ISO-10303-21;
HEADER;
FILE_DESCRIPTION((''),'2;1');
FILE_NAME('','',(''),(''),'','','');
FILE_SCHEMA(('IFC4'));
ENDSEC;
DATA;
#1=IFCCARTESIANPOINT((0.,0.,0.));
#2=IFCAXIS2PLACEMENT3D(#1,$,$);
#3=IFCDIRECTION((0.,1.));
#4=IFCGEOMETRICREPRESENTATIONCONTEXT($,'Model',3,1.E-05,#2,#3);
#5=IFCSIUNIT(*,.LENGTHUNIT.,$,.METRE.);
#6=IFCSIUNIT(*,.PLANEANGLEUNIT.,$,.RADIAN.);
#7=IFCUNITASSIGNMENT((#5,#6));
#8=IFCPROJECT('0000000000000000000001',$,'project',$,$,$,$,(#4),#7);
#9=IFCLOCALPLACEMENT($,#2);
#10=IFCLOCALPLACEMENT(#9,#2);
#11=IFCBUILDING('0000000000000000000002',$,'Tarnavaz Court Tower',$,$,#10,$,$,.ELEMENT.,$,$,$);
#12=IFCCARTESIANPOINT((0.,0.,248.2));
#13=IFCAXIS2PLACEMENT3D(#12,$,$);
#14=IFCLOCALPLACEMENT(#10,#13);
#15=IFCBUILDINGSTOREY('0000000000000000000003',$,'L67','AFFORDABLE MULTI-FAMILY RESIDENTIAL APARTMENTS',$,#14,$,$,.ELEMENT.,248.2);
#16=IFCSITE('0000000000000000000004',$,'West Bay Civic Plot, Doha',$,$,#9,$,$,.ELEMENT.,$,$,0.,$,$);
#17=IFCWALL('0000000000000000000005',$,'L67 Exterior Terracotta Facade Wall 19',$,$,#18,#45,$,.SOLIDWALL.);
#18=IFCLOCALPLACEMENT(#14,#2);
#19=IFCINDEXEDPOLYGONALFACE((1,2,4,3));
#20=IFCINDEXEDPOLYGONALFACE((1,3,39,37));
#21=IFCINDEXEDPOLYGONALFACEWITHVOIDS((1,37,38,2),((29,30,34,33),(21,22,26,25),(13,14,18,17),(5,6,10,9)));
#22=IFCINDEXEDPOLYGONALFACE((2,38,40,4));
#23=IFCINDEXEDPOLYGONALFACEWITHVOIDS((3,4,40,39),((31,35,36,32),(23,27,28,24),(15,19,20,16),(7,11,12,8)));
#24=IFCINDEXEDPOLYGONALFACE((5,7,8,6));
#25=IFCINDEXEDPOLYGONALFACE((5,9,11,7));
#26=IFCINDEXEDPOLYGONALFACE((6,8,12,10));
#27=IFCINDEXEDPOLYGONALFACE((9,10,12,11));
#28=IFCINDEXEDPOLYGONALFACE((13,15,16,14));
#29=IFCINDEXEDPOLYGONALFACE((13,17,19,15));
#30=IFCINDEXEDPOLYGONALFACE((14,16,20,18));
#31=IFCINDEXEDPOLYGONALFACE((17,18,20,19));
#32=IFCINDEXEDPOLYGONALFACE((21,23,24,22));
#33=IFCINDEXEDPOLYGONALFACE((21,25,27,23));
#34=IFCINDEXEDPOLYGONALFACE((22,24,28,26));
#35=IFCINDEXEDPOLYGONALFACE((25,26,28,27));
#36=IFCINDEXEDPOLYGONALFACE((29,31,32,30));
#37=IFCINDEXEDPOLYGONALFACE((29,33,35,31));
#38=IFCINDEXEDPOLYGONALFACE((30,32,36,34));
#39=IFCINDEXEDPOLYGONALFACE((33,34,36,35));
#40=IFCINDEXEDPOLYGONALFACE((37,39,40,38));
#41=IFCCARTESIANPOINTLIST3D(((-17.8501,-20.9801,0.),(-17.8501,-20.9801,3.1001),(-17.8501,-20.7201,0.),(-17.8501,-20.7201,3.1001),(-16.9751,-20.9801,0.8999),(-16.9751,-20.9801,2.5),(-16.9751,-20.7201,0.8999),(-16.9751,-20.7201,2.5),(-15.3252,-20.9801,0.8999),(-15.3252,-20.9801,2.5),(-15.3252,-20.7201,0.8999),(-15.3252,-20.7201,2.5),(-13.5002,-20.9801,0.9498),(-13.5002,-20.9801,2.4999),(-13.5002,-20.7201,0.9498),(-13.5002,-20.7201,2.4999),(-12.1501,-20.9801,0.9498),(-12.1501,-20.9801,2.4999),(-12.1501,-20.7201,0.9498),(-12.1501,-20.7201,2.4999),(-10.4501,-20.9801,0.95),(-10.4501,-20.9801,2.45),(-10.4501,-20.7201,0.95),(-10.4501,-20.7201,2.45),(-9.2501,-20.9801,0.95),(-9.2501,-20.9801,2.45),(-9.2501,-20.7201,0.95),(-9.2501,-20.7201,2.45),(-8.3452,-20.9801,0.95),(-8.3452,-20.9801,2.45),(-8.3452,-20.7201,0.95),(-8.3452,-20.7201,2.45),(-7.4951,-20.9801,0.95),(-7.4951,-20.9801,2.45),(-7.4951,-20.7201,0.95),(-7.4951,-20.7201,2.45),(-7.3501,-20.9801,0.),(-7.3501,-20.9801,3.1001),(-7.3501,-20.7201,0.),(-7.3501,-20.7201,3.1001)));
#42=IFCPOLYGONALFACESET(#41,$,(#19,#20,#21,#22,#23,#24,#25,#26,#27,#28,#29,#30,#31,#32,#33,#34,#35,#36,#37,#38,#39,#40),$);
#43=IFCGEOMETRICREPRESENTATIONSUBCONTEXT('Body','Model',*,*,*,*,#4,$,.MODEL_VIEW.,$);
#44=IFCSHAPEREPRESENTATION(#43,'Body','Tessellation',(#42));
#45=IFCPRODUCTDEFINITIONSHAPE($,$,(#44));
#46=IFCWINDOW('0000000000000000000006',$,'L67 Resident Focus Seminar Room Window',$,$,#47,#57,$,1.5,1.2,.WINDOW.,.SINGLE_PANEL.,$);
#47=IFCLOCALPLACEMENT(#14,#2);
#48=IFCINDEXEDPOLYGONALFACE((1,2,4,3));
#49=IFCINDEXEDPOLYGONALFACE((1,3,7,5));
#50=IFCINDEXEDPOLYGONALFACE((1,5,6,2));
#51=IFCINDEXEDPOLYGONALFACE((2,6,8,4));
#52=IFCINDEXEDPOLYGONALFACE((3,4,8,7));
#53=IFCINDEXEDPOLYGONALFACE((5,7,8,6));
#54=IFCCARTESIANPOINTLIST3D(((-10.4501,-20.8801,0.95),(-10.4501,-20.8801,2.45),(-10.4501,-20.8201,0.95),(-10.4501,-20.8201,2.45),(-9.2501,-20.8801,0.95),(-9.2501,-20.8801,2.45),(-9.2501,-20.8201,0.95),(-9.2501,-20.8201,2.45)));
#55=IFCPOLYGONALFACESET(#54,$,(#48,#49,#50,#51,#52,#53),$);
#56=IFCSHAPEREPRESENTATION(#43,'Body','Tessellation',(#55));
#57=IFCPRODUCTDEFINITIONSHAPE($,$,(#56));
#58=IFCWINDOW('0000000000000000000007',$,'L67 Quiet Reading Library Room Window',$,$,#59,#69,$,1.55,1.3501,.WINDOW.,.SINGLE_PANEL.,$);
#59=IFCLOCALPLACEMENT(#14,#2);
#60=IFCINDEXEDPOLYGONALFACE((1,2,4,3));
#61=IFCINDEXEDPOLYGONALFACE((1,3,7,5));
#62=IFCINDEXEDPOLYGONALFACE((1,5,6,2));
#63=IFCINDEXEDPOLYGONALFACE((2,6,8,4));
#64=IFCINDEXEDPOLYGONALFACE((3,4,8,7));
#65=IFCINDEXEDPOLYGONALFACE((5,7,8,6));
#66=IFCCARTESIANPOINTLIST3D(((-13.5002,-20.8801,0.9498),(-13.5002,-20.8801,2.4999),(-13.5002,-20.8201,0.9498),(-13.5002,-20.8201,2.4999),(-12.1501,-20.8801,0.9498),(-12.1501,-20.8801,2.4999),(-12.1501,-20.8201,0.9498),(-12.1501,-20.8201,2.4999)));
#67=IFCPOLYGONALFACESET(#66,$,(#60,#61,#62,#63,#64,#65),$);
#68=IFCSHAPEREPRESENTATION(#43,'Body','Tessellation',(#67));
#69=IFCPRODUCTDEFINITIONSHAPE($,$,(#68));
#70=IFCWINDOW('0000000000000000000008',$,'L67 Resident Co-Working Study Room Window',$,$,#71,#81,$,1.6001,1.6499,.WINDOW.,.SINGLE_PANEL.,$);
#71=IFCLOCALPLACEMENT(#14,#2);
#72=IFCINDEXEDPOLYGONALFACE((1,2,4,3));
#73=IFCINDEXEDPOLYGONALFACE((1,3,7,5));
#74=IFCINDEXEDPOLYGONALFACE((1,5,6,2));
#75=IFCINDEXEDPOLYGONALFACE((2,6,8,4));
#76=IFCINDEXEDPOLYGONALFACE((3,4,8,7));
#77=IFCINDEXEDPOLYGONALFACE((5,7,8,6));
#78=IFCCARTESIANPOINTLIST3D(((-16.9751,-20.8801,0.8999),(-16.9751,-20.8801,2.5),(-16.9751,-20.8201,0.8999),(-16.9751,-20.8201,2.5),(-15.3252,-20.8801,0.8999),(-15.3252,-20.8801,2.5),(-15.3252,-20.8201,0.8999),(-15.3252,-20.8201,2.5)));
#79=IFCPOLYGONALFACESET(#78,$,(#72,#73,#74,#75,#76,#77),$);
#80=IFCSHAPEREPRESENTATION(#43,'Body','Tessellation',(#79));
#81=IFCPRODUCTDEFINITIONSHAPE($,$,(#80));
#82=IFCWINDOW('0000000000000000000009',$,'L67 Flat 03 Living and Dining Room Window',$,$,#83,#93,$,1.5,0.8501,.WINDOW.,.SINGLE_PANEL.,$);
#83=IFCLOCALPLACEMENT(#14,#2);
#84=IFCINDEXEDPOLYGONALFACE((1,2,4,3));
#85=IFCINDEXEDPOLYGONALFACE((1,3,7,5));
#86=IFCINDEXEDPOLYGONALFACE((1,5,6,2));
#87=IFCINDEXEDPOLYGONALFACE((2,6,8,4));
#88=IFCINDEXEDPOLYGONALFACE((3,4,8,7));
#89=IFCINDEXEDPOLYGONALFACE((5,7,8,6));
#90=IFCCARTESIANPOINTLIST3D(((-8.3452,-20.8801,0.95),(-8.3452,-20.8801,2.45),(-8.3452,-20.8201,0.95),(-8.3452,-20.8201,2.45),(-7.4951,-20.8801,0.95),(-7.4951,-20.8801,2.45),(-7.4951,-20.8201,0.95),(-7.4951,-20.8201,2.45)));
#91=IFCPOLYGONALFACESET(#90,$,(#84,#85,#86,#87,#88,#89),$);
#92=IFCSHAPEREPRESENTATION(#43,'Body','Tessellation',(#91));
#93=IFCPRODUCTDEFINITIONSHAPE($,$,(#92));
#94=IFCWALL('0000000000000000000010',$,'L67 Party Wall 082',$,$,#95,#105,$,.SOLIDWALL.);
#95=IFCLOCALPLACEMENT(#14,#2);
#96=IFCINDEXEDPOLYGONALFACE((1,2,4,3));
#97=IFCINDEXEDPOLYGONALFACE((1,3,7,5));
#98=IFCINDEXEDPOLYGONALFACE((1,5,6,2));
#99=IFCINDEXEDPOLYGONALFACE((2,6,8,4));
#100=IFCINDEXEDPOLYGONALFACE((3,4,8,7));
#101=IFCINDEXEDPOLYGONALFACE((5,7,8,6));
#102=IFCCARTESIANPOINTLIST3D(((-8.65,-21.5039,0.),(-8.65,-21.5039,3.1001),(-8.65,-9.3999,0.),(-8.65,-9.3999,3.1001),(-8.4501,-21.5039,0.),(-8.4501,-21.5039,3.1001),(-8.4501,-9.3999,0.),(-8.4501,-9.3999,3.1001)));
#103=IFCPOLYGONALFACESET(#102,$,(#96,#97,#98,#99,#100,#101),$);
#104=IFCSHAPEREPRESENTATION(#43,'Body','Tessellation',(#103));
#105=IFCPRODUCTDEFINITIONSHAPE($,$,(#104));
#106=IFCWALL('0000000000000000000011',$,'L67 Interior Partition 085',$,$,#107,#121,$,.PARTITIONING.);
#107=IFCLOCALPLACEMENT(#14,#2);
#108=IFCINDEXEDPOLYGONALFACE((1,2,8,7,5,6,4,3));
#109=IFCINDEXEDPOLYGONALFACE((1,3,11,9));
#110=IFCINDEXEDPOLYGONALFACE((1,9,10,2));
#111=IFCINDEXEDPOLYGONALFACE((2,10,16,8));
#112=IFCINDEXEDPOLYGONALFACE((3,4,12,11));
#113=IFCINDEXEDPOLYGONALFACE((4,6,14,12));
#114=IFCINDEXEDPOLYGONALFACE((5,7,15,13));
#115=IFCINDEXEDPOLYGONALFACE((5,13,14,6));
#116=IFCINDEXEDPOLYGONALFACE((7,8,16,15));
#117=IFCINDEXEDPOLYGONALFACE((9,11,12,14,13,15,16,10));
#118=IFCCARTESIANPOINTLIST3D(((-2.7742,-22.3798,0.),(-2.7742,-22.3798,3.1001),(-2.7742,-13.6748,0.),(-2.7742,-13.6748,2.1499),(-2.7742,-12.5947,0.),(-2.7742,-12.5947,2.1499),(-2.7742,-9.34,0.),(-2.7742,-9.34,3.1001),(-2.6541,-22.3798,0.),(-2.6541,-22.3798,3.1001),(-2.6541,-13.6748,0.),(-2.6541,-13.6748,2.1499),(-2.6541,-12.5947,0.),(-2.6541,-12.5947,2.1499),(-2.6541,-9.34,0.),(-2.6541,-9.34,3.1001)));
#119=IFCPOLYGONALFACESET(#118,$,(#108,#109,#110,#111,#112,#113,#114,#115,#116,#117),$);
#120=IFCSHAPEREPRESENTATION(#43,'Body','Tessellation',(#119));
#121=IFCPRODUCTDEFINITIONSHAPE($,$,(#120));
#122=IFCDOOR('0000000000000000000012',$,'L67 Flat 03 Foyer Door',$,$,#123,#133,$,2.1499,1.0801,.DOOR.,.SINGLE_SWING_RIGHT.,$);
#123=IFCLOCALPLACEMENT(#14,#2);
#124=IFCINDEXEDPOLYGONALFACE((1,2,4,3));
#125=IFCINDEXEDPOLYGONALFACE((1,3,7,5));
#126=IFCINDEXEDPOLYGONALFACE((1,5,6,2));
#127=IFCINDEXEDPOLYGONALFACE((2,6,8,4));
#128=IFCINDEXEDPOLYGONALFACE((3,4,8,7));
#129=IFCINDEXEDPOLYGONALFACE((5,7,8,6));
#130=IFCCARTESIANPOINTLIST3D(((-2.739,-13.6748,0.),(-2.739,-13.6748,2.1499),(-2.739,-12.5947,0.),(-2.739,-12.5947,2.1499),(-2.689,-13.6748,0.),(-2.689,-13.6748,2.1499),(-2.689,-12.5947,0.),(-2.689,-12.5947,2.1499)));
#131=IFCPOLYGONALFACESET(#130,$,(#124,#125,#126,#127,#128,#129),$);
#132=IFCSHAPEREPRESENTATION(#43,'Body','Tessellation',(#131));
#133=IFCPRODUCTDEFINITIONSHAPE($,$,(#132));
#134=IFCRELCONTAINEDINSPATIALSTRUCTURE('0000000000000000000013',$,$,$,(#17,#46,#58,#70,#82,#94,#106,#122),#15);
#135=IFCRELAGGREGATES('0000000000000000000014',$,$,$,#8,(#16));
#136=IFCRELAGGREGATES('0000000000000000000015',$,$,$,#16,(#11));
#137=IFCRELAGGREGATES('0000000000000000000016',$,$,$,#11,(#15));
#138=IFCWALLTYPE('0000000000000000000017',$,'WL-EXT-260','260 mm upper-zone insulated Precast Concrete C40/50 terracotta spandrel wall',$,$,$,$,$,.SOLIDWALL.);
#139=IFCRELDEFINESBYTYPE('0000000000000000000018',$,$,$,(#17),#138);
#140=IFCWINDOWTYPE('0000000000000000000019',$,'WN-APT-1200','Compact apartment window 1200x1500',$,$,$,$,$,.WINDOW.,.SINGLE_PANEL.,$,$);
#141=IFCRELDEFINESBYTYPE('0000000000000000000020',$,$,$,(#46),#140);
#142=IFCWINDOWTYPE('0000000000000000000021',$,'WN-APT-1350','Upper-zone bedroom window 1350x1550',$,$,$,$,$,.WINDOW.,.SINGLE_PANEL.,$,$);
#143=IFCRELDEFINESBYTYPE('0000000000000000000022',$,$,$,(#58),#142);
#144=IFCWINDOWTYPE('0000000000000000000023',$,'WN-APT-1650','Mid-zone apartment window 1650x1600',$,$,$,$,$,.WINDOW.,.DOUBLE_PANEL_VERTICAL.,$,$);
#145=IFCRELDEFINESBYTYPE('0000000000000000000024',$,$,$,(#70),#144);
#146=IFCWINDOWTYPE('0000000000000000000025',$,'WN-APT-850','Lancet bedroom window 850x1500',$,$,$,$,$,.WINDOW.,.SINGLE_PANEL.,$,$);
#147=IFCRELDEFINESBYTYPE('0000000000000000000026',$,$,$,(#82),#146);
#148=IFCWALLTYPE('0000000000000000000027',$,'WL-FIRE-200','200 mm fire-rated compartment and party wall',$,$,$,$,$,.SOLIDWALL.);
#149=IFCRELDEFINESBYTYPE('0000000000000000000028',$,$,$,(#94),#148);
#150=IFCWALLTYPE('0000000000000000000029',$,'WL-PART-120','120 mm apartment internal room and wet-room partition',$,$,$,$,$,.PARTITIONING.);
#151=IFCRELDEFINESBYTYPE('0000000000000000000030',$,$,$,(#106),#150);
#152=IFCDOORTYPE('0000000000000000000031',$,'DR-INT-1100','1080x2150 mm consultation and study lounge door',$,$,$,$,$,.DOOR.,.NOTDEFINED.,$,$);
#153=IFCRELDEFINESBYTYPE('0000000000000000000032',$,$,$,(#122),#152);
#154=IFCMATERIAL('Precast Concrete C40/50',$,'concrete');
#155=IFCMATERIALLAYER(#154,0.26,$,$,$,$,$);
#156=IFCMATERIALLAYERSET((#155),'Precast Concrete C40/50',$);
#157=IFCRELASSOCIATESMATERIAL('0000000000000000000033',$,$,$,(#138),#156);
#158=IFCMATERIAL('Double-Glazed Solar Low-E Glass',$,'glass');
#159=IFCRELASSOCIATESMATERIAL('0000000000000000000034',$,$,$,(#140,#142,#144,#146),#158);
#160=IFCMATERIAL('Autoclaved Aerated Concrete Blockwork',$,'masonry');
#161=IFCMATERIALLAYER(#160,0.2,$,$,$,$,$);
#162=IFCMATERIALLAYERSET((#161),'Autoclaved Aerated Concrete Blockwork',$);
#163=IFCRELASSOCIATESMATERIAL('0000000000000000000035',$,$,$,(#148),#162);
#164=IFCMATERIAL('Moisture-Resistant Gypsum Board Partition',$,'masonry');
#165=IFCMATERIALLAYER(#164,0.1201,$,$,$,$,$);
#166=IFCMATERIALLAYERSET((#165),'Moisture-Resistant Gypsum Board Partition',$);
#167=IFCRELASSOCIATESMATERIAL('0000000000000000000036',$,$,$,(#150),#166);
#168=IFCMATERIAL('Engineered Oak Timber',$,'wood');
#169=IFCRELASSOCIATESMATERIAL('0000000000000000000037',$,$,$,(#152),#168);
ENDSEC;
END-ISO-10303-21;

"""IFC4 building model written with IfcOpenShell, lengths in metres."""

from ifc_helpers import new_model, si_unit, direction, frame, frame_2d, origin, place, context, subcontext, project, spatial, rectangle, extrude, material, layer, layer_set, type_object, element, fill, save


model = new_model("IFC4")

# Units and contexts
model_context = context("Model", 3, precision=1e-05, world=origin(), true_north=direction((0.0, 1.0)))
body_context = subcontext(model_context, "Body", "Model", "MODEL_VIEW")
ifc_project = project(units=[si_unit("LENGTHUNIT", "METRE"), si_unit("PLANEANGLEUNIT", "RADIAN")], contexts=[model_context])

# Site, building, storey
site_placement = place(None, origin())
site = spatial("IfcSite", under=ifc_project, at=site_placement, Name="West Bay Civic Plot, Doha", CompositionType="ELEMENT", RefElevation=0.0)
building_placement = place(site_placement, origin())
building = spatial("IfcBuilding", under=site, at=building_placement, Name="Tarnavaz Court Tower", CompositionType="ELEMENT")
storey_placement = place(building_placement, frame((0.0, 0.0, 248.2)))
storey = spatial("IfcBuildingStorey", under=building, at=storey_placement, Name="L67", Description="AFFORDABLE MULTI-FAMILY RESIDENTIAL APARTMENTS", CompositionType="ELEMENT", Elevation=248.2)

# Shared definitions
ifc_material_1 = material(Name="Double-Glazed Solar Low-E Glass", Category="glass")

# Shared definitions
ifc_material_2 = material(Name="Precast Concrete C40/50", Category="concrete")
ifc_layer_1 = layer(ifc_material_2, 0.26)
ifc_layer_set_1 = layer_set([ifc_layer_1], Name="Precast Concrete C40/50")
wall_type_1 = type_object("IfcWallType", Name="WL-EXT-260", Description="260 mm upper-zone insulated Precast Concrete C40/50 terracotta spandrel wall", PredefinedType="SOLIDWALL", material=ifc_layer_set_1)
window_type_1 = type_object("IfcWindowType", Name="WN-APT-1200", Description="Compact apartment window 1200x1500", PartitioningType="SINGLE_PANEL", PredefinedType="WINDOW", material=ifc_material_1)

# Wall, openings, windows
wall_1_placement = place(storey_placement, frame((-7.3501, -20.8501, 0.0), z_axis=(0.0, 0.0, 1.0), x_axis=(-1.0, 0.0, 0.0)))
wall_1 = element("IfcWall", 1, at=wall_1_placement, inside=storey, type_object=wall_type_1, Name="L67 Exterior Terracotta Facade Wall 19", PredefinedType="SOLIDWALL", context=body_context, shape_type="SweptSolid", body=[
    extrude(rectangle(XDim=10.5, YDim=0.26, at=frame_2d((5.25, 0.0))), origin(), (0.0, 0.0, 1.0), 3.1001),
])
opening_1_placement = place(wall_1_placement, frame((0.145, 0.0, 0.95)))
opening_1 = element("IfcOpeningElement", 2, at=opening_1_placement, cuts=wall_1, PredefinedType="OPENING", context=body_context, shape_type="SweptSolid", body=[
    extrude(rectangle(XDim=0.8501, YDim=1.5, at=frame_2d((0.425, 0.75))), frame((0.0, 0.1399, 0.0), z_axis=(0.0, -1.0, 0.0), x_axis=(1.0, 0.0, 0.0)), (0.0, 0.0, 1.0), 0.28),
])
opening_2_placement = place(wall_1_placement, frame((1.8999, 0.0, 0.95)))
opening_2 = element("IfcOpeningElement", 3, at=opening_2_placement, cuts=wall_1, PredefinedType="OPENING", context=body_context, shape_type="SweptSolid", body=[
    extrude(rectangle(XDim=1.2, YDim=1.5, at=frame_2d((0.6001, 0.75))), frame((0.0, 0.1399, 0.0), z_axis=(0.0, -1.0, 0.0), x_axis=(1.0, 0.0, 0.0)), (0.0, 0.0, 1.0), 0.28),
])
opening_3_placement = place(wall_1_placement, frame((4.8, 0.0, 0.95)))
opening_3 = element("IfcOpeningElement", 4, at=opening_3_placement, cuts=wall_1, PredefinedType="OPENING", context=body_context, shape_type="SweptSolid", body=[
    extrude(rectangle(XDim=1.3501, YDim=1.55, at=frame_2d((0.675, 0.7749))), frame((0.0, 0.1399, 0.0), z_axis=(0.0, -1.0, 0.0), x_axis=(1.0, 0.0, 0.0)), (0.0, 0.0, 1.0), 0.28),
])
opening_4_placement = place(wall_1_placement, frame((7.9751, 0.0, 0.8999)))
opening_4 = element("IfcOpeningElement", 5, at=opening_4_placement, cuts=wall_1, PredefinedType="OPENING", context=body_context, shape_type="SweptSolid", body=[
    extrude(rectangle(XDim=1.6499, YDim=1.6001, at=frame_2d((0.825, 0.8))), frame((0.0, 0.1399, 0.0), z_axis=(0.0, -1.0, 0.0), x_axis=(1.0, 0.0, 0.0)), (0.0, 0.0, 1.0), 0.28),
])
window_1_placement = place(opening_2_placement, origin())
window_1 = element("IfcWindow", 6, at=window_1_placement, inside=storey, type_object=window_type_1, Name="L67 Resident Focus Seminar Room Window", OverallHeight=1.5, OverallWidth=1.2, PartitioningType="SINGLE_PANEL", PredefinedType="WINDOW", context=body_context, shape_type="SweptSolid", body=[
    extrude(rectangle(XDim=1.2, YDim=1.5, at=frame_2d((0.6001, 0.75))), frame((0.0, 0.03, 0.0), z_axis=(0.0, -1.0, 0.0), x_axis=(1.0, 0.0, 0.0)), (0.0, 0.0, 1.0), 0.0601),
])
fill(opening_2, window_1)
window_type_2 = type_object("IfcWindowType", Name="WN-APT-1350", Description="Upper-zone bedroom window 1350x1550", PartitioningType="SINGLE_PANEL", PredefinedType="WINDOW", material=ifc_material_1)
window_2_placement = place(opening_3_placement, origin())
window_2 = element("IfcWindow", 7, at=window_2_placement, inside=storey, type_object=window_type_2, Name="L67 Quiet Reading Library Room Window", OverallHeight=1.55, OverallWidth=1.3501, PartitioningType="SINGLE_PANEL", PredefinedType="WINDOW", context=body_context, shape_type="SweptSolid", body=[
    extrude(rectangle(XDim=1.3501, YDim=1.55, at=frame_2d((0.675, 0.7749))), frame((0.0, 0.03, 0.0), z_axis=(0.0, -1.0, 0.0), x_axis=(1.0, 0.0, 0.0)), (0.0, 0.0, 1.0), 0.0601),
])
fill(opening_3, window_2)
window_type_3 = type_object("IfcWindowType", Name="WN-APT-1650", Description="Mid-zone apartment window 1650x1600", PartitioningType="DOUBLE_PANEL_VERTICAL", PredefinedType="WINDOW", material=ifc_material_1)
window_3_placement = place(opening_4_placement, origin())
window_3 = element("IfcWindow", 8, at=window_3_placement, inside=storey, type_object=window_type_3, Name="L67 Resident Co-Working Study Room Window", OverallHeight=1.6001, OverallWidth=1.6499, PartitioningType="SINGLE_PANEL", PredefinedType="WINDOW", context=body_context, shape_type="SweptSolid", body=[
    extrude(rectangle(XDim=1.6499, YDim=1.6001, at=frame_2d((0.825, 0.8))), frame((0.0, 0.03, 0.0), z_axis=(0.0, -1.0, 0.0), x_axis=(1.0, 0.0, 0.0)), (0.0, 0.0, 1.0), 0.0601),
])
fill(opening_4, window_3)
window_type_4 = type_object("IfcWindowType", Name="WN-APT-850", Description="Lancet bedroom window 850x1500", PartitioningType="SINGLE_PANEL", PredefinedType="WINDOW", material=ifc_material_1)
window_4_placement = place(opening_1_placement, origin())
window_4 = element("IfcWindow", 9, at=window_4_placement, inside=storey, type_object=window_type_4, Name="L67 Flat 03 Living and Dining Room Window", OverallHeight=1.5, OverallWidth=0.8501, PartitioningType="SINGLE_PANEL", PredefinedType="WINDOW", context=body_context, shape_type="SweptSolid", body=[
    extrude(rectangle(XDim=0.8501, YDim=1.5, at=frame_2d((0.425, 0.75))), frame((0.0, 0.03, 0.0), z_axis=(0.0, -1.0, 0.0), x_axis=(1.0, 0.0, 0.0)), (0.0, 0.0, 1.0), 0.0601),
])
fill(opening_1, window_4)

# Wall
ifc_material_3 = material(Name="Autoclaved Aerated Concrete Blockwork", Category="masonry")
ifc_layer_2 = layer(ifc_material_3, 0.2)
ifc_layer_set_2 = layer_set([ifc_layer_2], Name="Autoclaved Aerated Concrete Blockwork")
wall_type_2 = type_object("IfcWallType", Name="WL-FIRE-200", Description="200 mm fire-rated compartment and party wall", PredefinedType="SOLIDWALL", material=ifc_layer_set_2)
wall_2_placement = place(storey_placement, frame((-8.55, -21.5039, 0.0), z_axis=(0.0, 0.0, 1.0), x_axis=(0.0, 1.0, 0.0)))
element("IfcWall", 10, at=wall_2_placement, inside=storey, type_object=wall_type_2, Name="L67 Party Wall 082", PredefinedType="SOLIDWALL", context=body_context, shape_type="SweptSolid", body=[
    extrude(rectangle(XDim=12.104, YDim=0.2, at=frame_2d((6.052, 0.0))), origin(), (0.0, 0.0, 1.0), 3.1001),
])

# Wall, opening, door
ifc_material_4 = material(Name="Moisture-Resistant Gypsum Board Partition", Category="masonry")
ifc_layer_3 = layer(ifc_material_4, 0.1201)
ifc_layer_set_3 = layer_set([ifc_layer_3], Name="Moisture-Resistant Gypsum Board Partition")
wall_type_3 = type_object("IfcWallType", Name="WL-PART-120", Description="120 mm apartment internal room and wet-room partition", PredefinedType="PARTITIONING", material=ifc_layer_set_3)
wall_3_placement = place(storey_placement, frame((-2.7141, -22.3799, 0.0), z_axis=(0.0, 0.0, 1.0), x_axis=(0.0, 1.0, 0.0)))
wall_3 = element("IfcWall", 11, at=wall_3_placement, inside=storey, type_object=wall_type_3, Name="L67 Interior Partition 085", PredefinedType="PARTITIONING", context=body_context, shape_type="SweptSolid", body=[
    extrude(rectangle(XDim=13.0398, YDim=0.1201, at=frame_2d((6.52, 0.0))), origin(), (0.0, 0.0, 1.0), 3.1001),
])
opening_5_placement = place(wall_3_placement, frame((8.7051, 0.0, 0.0)))
opening_5 = element("IfcOpeningElement", 12, at=opening_5_placement, cuts=wall_3, PredefinedType="OPENING", context=body_context, shape_type="SweptSolid", body=[
    extrude(rectangle(XDim=1.0801, YDim=2.1499, at=frame_2d((0.54, 1.075))), frame((0.0, 0.0701, 0.0), z_axis=(0.0, -1.0, 0.0), x_axis=(1.0, 0.0, 0.0)), (0.0, 0.0, 1.0), 0.1401),
])
ifc_material_5 = material(Name="Engineered Oak Timber", Category="wood")
door_type_1 = type_object("IfcDoorType", Name="DR-INT-1100", Description="1080x2150 mm consultation and study lounge door", OperationType="NOTDEFINED", PredefinedType="DOOR", material=ifc_material_5)
door_1_placement = place(opening_5_placement, origin())
door_1 = element("IfcDoor", 13, at=door_1_placement, inside=storey, type_object=door_type_1, Name="L67 Flat 03 Foyer Door", OperationType="SINGLE_SWING_RIGHT", OverallHeight=2.1499, OverallWidth=1.0801, PredefinedType="DOOR", context=body_context, shape_type="SweptSolid", body=[
    extrude(rectangle(XDim=1.0801, YDim=2.1499, at=frame_2d((0.54, 1.075))), frame((0.0, 0.0249, 0.0), z_axis=(0.0, -1.0, 0.0), x_axis=(1.0, 0.0, 0.0)), (0.0, 0.0, 1.0), 0.05),
])
fill(opening_5, door_1)

save(model, "model.ifc")
